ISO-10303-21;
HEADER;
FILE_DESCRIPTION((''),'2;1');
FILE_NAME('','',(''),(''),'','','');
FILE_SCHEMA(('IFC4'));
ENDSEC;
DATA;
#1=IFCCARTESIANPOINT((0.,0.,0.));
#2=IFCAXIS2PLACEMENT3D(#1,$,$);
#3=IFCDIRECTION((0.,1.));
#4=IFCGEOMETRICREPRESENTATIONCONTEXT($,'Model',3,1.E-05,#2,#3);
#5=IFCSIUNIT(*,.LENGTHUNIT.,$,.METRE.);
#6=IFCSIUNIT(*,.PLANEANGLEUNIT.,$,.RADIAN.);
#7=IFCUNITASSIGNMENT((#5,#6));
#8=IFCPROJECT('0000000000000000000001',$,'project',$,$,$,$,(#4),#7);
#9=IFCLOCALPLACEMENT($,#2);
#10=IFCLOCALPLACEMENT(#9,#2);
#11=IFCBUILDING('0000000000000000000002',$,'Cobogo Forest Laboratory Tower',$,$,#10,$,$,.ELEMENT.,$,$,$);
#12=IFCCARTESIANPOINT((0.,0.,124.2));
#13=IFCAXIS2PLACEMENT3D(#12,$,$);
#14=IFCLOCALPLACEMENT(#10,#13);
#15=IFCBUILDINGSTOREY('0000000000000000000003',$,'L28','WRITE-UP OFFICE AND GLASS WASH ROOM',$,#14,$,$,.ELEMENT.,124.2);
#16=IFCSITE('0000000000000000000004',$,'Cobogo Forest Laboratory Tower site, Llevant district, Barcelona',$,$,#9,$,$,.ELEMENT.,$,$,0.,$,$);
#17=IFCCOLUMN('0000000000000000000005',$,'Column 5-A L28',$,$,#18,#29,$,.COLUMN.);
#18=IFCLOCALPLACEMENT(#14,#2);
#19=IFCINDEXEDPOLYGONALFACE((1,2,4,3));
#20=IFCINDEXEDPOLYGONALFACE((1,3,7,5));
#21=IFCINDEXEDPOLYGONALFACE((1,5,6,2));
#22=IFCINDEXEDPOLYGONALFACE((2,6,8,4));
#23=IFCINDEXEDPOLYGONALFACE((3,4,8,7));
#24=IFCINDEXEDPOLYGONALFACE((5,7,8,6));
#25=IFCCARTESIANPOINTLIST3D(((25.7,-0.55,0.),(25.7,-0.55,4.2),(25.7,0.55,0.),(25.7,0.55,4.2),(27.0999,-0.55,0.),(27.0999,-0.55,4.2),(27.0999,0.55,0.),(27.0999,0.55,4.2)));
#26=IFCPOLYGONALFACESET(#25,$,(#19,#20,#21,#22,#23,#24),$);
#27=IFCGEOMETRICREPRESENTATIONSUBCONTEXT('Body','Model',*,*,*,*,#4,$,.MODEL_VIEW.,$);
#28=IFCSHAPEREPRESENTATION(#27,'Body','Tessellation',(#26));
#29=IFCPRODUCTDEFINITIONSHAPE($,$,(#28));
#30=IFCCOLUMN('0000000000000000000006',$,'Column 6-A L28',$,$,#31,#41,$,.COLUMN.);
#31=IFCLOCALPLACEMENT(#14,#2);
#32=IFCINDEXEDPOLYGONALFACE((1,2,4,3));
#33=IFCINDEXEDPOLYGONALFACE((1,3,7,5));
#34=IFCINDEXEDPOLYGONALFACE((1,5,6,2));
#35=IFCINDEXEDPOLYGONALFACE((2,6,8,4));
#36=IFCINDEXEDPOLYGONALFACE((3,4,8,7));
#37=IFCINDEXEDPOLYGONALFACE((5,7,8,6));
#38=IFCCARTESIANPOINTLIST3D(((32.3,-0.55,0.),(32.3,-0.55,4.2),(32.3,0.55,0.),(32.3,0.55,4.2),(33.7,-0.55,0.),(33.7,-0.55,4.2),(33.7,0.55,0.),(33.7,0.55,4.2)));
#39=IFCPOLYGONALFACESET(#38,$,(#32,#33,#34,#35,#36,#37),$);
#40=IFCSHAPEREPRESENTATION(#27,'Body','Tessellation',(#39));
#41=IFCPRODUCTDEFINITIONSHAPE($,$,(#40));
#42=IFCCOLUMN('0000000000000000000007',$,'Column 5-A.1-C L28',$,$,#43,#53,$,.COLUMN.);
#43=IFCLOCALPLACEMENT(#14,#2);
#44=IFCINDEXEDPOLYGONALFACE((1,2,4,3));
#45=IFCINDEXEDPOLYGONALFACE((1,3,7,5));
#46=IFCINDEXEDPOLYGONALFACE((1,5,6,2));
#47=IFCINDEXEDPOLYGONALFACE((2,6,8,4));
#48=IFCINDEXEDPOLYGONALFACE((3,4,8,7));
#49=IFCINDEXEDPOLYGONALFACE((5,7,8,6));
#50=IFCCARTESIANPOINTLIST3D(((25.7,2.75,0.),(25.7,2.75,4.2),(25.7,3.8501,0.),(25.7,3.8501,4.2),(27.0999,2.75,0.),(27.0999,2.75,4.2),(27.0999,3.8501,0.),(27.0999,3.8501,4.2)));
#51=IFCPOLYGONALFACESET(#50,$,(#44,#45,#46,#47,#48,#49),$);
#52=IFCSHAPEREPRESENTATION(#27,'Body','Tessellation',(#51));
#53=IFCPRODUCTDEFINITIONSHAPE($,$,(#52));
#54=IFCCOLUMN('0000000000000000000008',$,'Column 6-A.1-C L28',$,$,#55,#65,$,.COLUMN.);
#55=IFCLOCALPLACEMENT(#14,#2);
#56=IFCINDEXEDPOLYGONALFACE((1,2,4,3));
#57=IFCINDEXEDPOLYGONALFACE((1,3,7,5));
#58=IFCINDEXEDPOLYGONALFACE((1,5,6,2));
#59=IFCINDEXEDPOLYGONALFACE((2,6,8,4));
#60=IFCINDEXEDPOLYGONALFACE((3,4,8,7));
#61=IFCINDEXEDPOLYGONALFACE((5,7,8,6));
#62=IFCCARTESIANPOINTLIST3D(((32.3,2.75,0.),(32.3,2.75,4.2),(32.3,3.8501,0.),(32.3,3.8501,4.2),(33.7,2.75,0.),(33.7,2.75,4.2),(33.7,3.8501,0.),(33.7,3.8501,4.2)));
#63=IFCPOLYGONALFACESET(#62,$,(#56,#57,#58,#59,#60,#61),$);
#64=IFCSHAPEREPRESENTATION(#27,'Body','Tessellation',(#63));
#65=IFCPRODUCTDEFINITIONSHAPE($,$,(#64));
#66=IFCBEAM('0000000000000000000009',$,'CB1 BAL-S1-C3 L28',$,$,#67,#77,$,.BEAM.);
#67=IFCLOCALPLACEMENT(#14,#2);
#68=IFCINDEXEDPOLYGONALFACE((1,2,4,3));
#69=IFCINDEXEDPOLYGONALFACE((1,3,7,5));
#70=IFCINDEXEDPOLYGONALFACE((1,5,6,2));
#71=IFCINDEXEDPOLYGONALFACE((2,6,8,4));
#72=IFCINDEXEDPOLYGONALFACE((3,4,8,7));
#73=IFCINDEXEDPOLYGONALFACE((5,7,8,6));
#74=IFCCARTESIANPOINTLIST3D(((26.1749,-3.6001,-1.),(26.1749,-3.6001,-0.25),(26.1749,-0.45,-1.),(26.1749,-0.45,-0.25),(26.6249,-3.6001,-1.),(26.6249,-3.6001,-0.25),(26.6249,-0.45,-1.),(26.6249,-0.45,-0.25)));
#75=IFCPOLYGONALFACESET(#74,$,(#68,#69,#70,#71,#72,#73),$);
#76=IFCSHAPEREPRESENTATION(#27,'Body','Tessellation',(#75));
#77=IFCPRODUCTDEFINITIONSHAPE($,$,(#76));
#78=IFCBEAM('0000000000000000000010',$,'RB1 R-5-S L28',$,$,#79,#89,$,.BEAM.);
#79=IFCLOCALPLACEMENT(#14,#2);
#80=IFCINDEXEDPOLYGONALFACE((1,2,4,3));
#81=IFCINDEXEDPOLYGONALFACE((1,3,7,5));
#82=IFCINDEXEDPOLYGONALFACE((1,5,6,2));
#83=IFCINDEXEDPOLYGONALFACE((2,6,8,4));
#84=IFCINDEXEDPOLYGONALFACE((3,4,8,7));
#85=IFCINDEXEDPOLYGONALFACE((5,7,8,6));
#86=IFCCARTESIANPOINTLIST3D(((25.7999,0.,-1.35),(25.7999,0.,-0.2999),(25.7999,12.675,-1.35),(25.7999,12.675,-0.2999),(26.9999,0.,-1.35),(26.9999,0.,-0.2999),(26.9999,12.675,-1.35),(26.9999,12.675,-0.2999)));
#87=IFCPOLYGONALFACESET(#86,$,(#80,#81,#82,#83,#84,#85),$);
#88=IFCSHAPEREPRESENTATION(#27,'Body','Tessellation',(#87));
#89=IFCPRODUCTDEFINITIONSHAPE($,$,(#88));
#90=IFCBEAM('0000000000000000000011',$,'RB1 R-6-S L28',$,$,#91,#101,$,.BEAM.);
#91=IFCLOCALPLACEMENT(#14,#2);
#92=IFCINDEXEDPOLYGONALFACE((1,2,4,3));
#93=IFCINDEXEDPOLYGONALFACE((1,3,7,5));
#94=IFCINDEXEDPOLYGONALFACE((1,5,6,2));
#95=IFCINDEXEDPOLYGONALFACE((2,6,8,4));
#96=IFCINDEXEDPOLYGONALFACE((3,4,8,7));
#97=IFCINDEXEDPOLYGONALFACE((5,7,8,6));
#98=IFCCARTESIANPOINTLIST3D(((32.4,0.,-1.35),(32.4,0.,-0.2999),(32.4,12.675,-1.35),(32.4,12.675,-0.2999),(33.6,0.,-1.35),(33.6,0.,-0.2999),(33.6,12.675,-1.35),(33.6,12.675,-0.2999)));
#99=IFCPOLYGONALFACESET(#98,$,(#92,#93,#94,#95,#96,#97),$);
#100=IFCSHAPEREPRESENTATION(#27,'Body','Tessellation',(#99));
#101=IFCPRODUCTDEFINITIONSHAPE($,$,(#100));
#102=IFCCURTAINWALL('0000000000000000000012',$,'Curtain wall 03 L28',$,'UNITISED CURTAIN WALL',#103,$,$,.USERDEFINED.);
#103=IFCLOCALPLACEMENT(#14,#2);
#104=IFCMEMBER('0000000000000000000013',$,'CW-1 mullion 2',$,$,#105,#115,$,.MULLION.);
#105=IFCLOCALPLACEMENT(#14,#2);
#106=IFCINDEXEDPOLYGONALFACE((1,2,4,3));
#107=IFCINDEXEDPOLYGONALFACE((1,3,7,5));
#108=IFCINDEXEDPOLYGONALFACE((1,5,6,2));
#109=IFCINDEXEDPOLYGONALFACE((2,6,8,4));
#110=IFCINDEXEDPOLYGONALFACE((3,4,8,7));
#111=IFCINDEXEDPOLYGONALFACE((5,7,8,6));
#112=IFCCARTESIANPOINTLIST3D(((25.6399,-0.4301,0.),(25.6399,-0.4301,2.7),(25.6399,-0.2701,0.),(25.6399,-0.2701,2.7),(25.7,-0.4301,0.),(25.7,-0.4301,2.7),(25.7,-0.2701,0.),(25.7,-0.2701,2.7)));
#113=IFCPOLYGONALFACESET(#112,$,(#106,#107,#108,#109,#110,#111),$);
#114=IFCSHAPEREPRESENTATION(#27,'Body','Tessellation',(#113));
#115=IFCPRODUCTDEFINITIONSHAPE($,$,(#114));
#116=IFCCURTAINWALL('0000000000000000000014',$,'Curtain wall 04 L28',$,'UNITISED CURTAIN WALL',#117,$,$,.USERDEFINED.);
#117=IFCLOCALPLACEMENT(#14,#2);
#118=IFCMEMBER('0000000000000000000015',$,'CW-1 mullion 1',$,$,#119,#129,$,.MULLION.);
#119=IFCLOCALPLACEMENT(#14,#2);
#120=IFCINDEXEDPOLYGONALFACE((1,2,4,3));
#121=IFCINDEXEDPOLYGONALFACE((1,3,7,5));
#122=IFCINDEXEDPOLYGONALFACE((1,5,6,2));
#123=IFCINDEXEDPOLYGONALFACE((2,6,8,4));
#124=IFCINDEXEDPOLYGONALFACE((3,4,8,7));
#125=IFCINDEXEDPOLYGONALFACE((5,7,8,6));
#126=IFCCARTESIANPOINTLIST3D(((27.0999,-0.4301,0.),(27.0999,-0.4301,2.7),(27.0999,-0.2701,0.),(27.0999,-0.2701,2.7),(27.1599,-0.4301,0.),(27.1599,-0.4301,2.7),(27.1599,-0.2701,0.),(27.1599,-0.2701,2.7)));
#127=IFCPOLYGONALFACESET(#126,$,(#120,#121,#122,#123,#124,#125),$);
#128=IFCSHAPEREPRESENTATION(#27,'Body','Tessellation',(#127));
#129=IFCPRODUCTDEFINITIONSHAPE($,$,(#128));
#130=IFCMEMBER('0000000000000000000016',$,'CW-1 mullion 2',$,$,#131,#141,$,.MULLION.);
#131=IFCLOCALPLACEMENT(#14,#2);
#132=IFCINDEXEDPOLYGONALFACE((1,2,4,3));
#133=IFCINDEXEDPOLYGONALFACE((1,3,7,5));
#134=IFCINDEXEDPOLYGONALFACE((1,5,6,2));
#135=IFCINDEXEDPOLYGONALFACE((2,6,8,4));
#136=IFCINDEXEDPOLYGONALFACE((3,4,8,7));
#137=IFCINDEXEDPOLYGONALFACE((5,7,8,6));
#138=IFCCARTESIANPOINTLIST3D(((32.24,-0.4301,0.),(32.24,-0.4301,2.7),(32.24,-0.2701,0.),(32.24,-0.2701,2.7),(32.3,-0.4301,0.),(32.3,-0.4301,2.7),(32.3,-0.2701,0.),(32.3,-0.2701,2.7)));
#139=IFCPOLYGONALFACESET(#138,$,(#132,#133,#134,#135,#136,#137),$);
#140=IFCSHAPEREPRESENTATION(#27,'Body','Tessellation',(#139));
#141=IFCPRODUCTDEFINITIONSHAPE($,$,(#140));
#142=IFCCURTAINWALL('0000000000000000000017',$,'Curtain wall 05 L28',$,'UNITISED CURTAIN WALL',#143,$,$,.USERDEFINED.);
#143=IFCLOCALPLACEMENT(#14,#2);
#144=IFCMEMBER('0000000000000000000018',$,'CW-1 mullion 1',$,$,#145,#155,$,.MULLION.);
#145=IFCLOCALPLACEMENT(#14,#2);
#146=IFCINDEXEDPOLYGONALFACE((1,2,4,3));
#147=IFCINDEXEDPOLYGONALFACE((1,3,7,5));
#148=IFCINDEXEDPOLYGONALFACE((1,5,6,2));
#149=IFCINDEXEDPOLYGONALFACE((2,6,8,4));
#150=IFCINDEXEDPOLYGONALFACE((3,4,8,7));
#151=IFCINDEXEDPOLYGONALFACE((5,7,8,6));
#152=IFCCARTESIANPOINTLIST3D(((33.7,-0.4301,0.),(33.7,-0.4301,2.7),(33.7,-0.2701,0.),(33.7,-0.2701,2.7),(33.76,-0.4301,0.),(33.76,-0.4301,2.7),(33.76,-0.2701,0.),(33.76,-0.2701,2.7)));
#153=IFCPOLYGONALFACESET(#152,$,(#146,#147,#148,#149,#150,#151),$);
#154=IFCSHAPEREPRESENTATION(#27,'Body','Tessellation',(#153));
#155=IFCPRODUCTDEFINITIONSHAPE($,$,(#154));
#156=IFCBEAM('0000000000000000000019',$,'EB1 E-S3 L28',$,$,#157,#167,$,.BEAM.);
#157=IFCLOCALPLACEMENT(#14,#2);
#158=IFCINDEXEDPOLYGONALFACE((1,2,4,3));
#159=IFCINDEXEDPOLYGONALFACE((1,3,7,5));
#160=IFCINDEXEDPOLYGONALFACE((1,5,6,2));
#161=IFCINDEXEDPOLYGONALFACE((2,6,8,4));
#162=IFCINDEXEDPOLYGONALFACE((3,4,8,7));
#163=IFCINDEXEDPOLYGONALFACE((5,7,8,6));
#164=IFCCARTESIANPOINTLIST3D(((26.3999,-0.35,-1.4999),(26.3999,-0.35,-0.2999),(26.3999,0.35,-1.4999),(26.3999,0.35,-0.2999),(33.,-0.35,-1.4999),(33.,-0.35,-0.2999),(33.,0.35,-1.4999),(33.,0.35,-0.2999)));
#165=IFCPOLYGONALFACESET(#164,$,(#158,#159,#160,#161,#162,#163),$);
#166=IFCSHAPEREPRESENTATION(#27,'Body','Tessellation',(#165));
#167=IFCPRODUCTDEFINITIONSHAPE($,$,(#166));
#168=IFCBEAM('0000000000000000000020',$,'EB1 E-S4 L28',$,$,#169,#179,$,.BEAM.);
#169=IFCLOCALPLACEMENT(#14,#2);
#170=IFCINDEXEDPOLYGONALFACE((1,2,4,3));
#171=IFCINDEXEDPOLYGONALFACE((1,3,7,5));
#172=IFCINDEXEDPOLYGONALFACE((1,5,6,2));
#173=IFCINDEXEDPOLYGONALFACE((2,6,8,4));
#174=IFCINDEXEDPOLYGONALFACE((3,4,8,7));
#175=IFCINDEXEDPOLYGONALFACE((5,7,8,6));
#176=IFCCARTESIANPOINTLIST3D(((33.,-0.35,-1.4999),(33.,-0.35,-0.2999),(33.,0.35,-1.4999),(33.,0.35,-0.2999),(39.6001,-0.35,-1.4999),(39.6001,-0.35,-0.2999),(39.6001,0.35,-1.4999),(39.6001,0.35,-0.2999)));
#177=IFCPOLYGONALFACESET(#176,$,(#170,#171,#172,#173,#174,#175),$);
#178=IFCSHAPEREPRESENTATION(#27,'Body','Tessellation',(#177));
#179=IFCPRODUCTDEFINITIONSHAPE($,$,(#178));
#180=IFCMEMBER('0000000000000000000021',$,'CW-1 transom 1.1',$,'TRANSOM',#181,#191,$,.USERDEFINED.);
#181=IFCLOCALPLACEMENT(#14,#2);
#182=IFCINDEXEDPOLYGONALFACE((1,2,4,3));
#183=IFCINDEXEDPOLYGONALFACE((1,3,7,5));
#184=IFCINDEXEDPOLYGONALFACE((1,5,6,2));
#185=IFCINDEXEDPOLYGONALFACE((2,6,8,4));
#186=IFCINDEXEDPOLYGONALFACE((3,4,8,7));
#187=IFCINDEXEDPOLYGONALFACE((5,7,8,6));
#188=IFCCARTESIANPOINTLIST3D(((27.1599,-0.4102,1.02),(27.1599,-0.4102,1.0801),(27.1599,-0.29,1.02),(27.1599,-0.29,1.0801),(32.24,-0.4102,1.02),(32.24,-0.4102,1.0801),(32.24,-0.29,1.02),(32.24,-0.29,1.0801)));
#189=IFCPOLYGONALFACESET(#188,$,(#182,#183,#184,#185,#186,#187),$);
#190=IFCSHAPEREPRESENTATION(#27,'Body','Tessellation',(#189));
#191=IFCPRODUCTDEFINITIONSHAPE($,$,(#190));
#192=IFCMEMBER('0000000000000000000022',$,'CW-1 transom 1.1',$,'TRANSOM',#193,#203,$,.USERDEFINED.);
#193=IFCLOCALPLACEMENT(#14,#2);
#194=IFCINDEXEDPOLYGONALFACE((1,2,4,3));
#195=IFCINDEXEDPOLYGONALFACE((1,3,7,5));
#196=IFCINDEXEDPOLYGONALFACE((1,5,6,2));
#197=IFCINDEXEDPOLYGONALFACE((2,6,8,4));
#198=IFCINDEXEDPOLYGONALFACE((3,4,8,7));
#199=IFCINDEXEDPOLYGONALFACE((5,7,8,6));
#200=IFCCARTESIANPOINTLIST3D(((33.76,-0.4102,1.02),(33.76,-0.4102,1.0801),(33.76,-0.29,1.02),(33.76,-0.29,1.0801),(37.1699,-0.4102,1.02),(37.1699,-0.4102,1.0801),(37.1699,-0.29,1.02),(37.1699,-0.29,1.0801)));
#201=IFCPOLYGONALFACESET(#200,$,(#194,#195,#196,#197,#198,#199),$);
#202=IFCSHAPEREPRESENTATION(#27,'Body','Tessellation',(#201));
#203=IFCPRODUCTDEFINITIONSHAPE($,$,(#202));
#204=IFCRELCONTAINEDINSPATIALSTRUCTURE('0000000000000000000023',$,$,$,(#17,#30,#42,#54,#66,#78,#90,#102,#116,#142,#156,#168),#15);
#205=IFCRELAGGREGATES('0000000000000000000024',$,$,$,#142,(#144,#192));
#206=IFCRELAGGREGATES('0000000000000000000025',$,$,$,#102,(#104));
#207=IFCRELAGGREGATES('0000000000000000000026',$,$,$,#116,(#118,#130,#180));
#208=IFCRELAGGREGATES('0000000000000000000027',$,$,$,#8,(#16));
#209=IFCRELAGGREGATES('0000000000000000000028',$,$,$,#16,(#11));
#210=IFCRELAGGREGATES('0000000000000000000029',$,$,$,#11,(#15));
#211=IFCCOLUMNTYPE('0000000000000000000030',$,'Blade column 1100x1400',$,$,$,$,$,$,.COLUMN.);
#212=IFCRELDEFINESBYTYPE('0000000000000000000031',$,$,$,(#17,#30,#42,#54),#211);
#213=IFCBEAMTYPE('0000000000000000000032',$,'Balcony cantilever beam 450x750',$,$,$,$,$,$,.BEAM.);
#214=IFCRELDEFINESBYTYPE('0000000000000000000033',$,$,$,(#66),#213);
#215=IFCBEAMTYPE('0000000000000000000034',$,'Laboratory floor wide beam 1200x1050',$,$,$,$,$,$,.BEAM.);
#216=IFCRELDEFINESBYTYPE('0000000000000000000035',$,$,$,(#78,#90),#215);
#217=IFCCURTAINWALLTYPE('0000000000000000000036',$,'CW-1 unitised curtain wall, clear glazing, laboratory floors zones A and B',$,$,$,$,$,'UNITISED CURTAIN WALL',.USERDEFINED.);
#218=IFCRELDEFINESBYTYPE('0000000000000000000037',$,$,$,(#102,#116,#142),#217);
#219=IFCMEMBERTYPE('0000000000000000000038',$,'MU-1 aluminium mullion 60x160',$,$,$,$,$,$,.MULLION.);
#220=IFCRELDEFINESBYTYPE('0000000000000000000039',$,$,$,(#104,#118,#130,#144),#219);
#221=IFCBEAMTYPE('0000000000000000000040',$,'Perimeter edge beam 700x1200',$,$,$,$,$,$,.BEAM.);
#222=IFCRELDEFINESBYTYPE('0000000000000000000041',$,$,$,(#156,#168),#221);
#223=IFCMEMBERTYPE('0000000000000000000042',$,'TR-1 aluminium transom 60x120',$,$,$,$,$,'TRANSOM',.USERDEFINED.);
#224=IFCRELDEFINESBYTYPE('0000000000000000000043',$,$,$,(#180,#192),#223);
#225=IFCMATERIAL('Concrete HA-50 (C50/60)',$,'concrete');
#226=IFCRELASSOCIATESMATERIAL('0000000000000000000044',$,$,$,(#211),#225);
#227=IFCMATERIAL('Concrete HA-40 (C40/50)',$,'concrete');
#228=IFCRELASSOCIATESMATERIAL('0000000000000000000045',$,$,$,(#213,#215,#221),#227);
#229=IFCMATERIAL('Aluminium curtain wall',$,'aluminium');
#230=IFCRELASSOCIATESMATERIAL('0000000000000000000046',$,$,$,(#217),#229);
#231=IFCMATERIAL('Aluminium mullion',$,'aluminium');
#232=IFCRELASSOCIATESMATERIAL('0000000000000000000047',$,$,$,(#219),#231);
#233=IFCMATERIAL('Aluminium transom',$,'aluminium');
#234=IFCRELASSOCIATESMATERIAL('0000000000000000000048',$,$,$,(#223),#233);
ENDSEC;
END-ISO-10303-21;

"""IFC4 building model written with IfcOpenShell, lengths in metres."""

from ifc_helpers import new_model, si_unit, direction, frame, origin, origin_2d, place, context, subcontext, project, spatial, rectangle, extrude, material, material_profile, profile_set, type_object, element, aggregate, save


model = new_model("IFC4")

# Units and contexts
model_context = context("Model", 3, precision=1e-05, world=origin(), true_north=direction((0.0, 1.0)))
body_context = subcontext(model_context, "Body", "Model", "MODEL_VIEW")
ifc_project = project(units=[si_unit("LENGTHUNIT", "METRE"), si_unit("PLANEANGLEUNIT", "RADIAN")], contexts=[model_context])

# Site, building, storey
site_placement = place(None, origin())
site = spatial("IfcSite", under=ifc_project, at=site_placement, Name="Cobogo Forest Laboratory Tower site, Llevant district, Barcelona", CompositionType="ELEMENT", RefElevation=0.0)
building_placement = place(site_placement, origin())
building = spatial("IfcBuilding", under=site, at=building_placement, Name="Cobogo Forest Laboratory Tower", CompositionType="ELEMENT")
storey_placement = place(building_placement, frame((0.0, 0.0, 124.2)))
storey = spatial("IfcBuildingStorey", under=building, at=storey_placement, Name="L28", Description="WRITE-UP OFFICE AND GLASS WASH ROOM", CompositionType="ELEMENT", Elevation=124.2)

# Columns
ifc_material_1 = material(Name="Concrete HA-50 (C50/60)", Category="concrete")
ifc_material_profile_1 = material_profile(ifc_material_1, rectangle(XDim=1.3999, YDim=1.1001, at=origin_2d()), Name="RC 1100x1400")
ifc_profile_set_1 = profile_set([ifc_material_profile_1], Name="Concrete HA-50 (C50/60)")
column_type = type_object("IfcColumnType", Name="Blade column 1100x1400", PredefinedType="COLUMN", material=ifc_profile_set_1)
for number, where, z_axis, x_axis, name in (
    (1, (26.3999, 0.0, 0.0), (0.0, 0.0, 1.0), (1.0, 0.0, 0.0), "Column 5-A L28"),
    (2, (33.0, 0.0, 0.0), (0.0, 0.0, 1.0), (1.0, 0.0, 0.0), "Column 6-A L28"),
    (3, (26.3999, 3.3, 0.0), (0.0, 0.0, 1.0), (1.0, 0.0, 0.0), "Column 5-A.1-C L28"),
    (4, (33.0, 3.3, 0.0), (0.0, 0.0, 1.0), (1.0, 0.0, 0.0), "Column 6-A.1-C L28"),
):
    element("IfcColumn", number, at=place(storey_placement, frame(where, z_axis=z_axis, x_axis=x_axis)), inside=storey, type_object=column_type, Name=name, PredefinedType="COLUMN", context=body_context, shape_type="SweptSolid", body=[
        extrude(rectangle(XDim=1.3999, YDim=1.1001, at=origin_2d()), origin(), (0.0, 0.0, 1.0), 4.2),
    ])

# Beams
ifc_material_2 = material(Name="Concrete HA-40 (C40/50)", Category="concrete")
ifc_material_profile_2 = material_profile(ifc_material_2, rectangle(XDim=0.45, YDim=0.75, at=origin_2d()), Name="RC 450x750")
ifc_profile_set_2 = profile_set([ifc_material_profile_2], Name="Concrete HA-40 (C40/50)")
beam_type_1 = type_object("IfcBeamType", Name="Balcony cantilever beam 450x750", PredefinedType="BEAM", material=ifc_profile_set_2)
beam_placement = place(storey_placement, frame((26.3999, -0.45, -0.625), z_axis=(0.0, -1.0, 0.0), x_axis=(1.0, 0.0, 0.0)))
element("IfcBeam", 5, at=beam_placement, inside=storey, type_object=beam_type_1, Name="CB1 BAL-S1-C3 L28", PredefinedType="BEAM", context=body_context, shape_type="SweptSolid", body=[
    extrude(rectangle(XDim=0.45, YDim=0.75, at=origin_2d()), origin(), (0.0, 0.0, 1.0), 3.1501),
])
ifc_material_profile_3 = material_profile(ifc_material_2, rectangle(XDim=1.2, YDim=1.05, at=origin_2d()), Name="RC 1200x1050")
ifc_profile_set_3 = profile_set([ifc_material_profile_3], Name="Concrete HA-40 (C40/50)")
beam_type_2 = type_object("IfcBeamType", Name="Laboratory floor wide beam 1200x1050", PredefinedType="BEAM", material=ifc_profile_set_3)
for number, where, z_axis, x_axis, name in (
    (6, (26.3999, 12.675, -0.825), (0.0, -1.0, 0.0), (1.0, 0.0, 0.0), "RB1 R-5-S L28"),
    (7, (33.0, 12.675, -0.825), (0.0, -1.0, 0.0), (1.0, 0.0, 0.0), "RB1 R-6-S L28"),
):
    element("IfcBeam", number, at=place(storey_placement, frame(where, z_axis=z_axis, x_axis=x_axis)), inside=storey, type_object=beam_type_2, Name=name, PredefinedType="BEAM", context=body_context, shape_type="SweptSolid", body=[
        extrude(rectangle(XDim=1.2, YDim=1.05, at=origin_2d()), origin(), (0.0, 0.0, 1.0), 12.675),
    ])

# Curtain wall, member
ifc_material_3 = material(Name="Aluminium curtain wall", Category="aluminium")
curtain_wall_type = type_object("IfcCurtainWallType", Name="CW-1 unitised curtain wall, clear glazing, laboratory floors zones A and B", ElementType="UNITISED CURTAIN WALL", PredefinedType="USERDEFINED", material=ifc_material_3)
curtain_wall_1_placement = place(storey_placement, origin())
curtain_wall_1 = element("IfcCurtainWall", 8, at=curtain_wall_1_placement, inside=storey, type_object=curtain_wall_type, Name="Curtain wall 03 L28", ObjectType="UNITISED CURTAIN WALL", PredefinedType="USERDEFINED")
ifc_material_4 = material(Name="Aluminium mullion", Category="aluminium")
ifc_material_profile_4 = material_profile(ifc_material_4, rectangle(XDim=0.0601, YDim=0.1599, at=origin_2d()), Name="AL 60x160")
ifc_profile_set_4 = profile_set([ifc_material_profile_4], Name="Aluminium mullion")
member_type_1 = type_object("IfcMemberType", Name="MU-1 aluminium mullion 60x160", PredefinedType="MULLION", material=ifc_profile_set_4)
member_1_placement = place(storey_placement, frame((25.6699, -0.3501, 0.0), z_axis=(0.0, 0.0, 1.0), x_axis=(1.0, 0.0, 0.0)))
member_1 = element("IfcMember", 9, at=member_1_placement, type_object=member_type_1, Name="CW-1 mullion 2", PredefinedType="MULLION", context=body_context, shape_type="SweptSolid", body=[
    extrude(rectangle(XDim=0.0601, YDim=0.1599, at=origin_2d()), origin(), (0.0, 0.0, 1.0), 2.7),
])

# Curtain wall, members
curtain_wall_2_placement = place(storey_placement, origin())
curtain_wall_2 = element("IfcCurtainWall", 10, at=curtain_wall_2_placement, inside=storey, type_object=curtain_wall_type, Name="Curtain wall 04 L28", ObjectType="UNITISED CURTAIN WALL", PredefinedType="USERDEFINED")
member_2_placement = place(storey_placement, frame((27.1299, -0.3501, 0.0), z_axis=(0.0, 0.0, 1.0), x_axis=(1.0, 0.0, 0.0)))
member_2 = element("IfcMember", 11, at=member_2_placement, type_object=member_type_1, Name="CW-1 mullion 1", PredefinedType="MULLION", context=body_context, shape_type="SweptSolid", body=[
    extrude(rectangle(XDim=0.0601, YDim=0.1599, at=origin_2d()), origin(), (0.0, 0.0, 1.0), 2.7),
])
member_3_placement = place(storey_placement, frame((32.27, -0.3501, 0.0), z_axis=(0.0, 0.0, 1.0), x_axis=(1.0, 0.0, 0.0)))
member_3 = element("IfcMember", 12, at=member_3_placement, type_object=member_type_1, Name="CW-1 mullion 2", PredefinedType="MULLION", context=body_context, shape_type="SweptSolid", body=[
    extrude(rectangle(XDim=0.0601, YDim=0.1599, at=origin_2d()), origin(), (0.0, 0.0, 1.0), 2.7),
])

# Curtain wall, member
curtain_wall_3_placement = place(storey_placement, origin())
curtain_wall_3 = element("IfcCurtainWall", 13, at=curtain_wall_3_placement, inside=storey, type_object=curtain_wall_type, Name="Curtain wall 05 L28", ObjectType="UNITISED CURTAIN WALL", PredefinedType="USERDEFINED")
member_4_placement = place(storey_placement, frame((33.73, -0.3501, 0.0), z_axis=(0.0, 0.0, 1.0), x_axis=(1.0, 0.0, 0.0)))
member_4 = element("IfcMember", 14, at=member_4_placement, type_object=member_type_1, Name="CW-1 mullion 1", PredefinedType="MULLION", context=body_context, shape_type="SweptSolid", body=[
    extrude(rectangle(XDim=0.0601, YDim=0.1599, at=origin_2d()), origin(), (0.0, 0.0, 1.0), 2.7),
])

# Beams
ifc_material_profile_5 = material_profile(ifc_material_2, rectangle(XDim=0.7, YDim=1.2, at=origin_2d()), Name="RC 700x1200")
ifc_profile_set_5 = profile_set([ifc_material_profile_5], Name="Concrete HA-40 (C40/50)")
beam_type_3 = type_object("IfcBeamType", Name="Perimeter edge beam 700x1200", PredefinedType="BEAM", material=ifc_profile_set_5)
for number, where, z_axis, x_axis, name in (
    (15, (26.3999, 0.0, -0.8999), (1.0, 0.0, 0.0), (0.0, 1.0, 0.0), "EB1 E-S3 L28"),
    (16, (33.0, 0.0, -0.8999), (1.0, 0.0, 0.0), (0.0, 1.0, 0.0), "EB1 E-S4 L28"),
):
    element("IfcBeam", number, at=place(storey_placement, frame(where, z_axis=z_axis, x_axis=x_axis)), inside=storey, type_object=beam_type_3, Name=name, PredefinedType="BEAM", context=body_context, shape_type="SweptSolid", body=[
        extrude(rectangle(XDim=0.7, YDim=1.2, at=origin_2d()), origin(), (0.0, 0.0, 1.0), 6.6001),
    ])

# Members
ifc_material_5 = material(Name="Aluminium transom", Category="aluminium")
ifc_material_profile_6 = material_profile(ifc_material_5, rectangle(XDim=0.1201, YDim=0.0601, at=origin_2d()), Name="AL 60x120")
ifc_profile_set_6 = profile_set([ifc_material_profile_6], Name="Aluminium transom")
member_type_2 = type_object("IfcMemberType", Name="TR-1 aluminium transom 60x120", ElementType="TRANSOM", PredefinedType="USERDEFINED", material=ifc_profile_set_6)
member_5_placement = place(storey_placement, frame((27.1599, -0.3501, 1.05), z_axis=(1.0, 0.0, 0.0), x_axis=(0.0, 1.0, 0.0)))
member_5 = element("IfcMember", 17, at=member_5_placement, type_object=member_type_2, Name="CW-1 transom 1.1", ObjectType="TRANSOM", PredefinedType="USERDEFINED", context=body_context, shape_type="SweptSolid", body=[
    extrude(rectangle(XDim=0.1201, YDim=0.0601, at=origin_2d()), origin(), (0.0, 0.0, 1.0), 5.0801),
])
member_6_placement = place(storey_placement, frame((33.76, -0.3501, 1.05), z_axis=(1.0, 0.0, 0.0), x_axis=(0.0, 1.0, 0.0)))
member_6 = element("IfcMember", 18, at=member_6_placement, type_object=member_type_2, Name="CW-1 transom 1.1", ObjectType="TRANSOM", PredefinedType="USERDEFINED", context=body_context, shape_type="SweptSolid", body=[
    extrude(rectangle(XDim=0.1201, YDim=0.0601, at=origin_2d()), origin(), (0.0, 0.0, 1.0), 3.4099),
])
aggregate(curtain_wall_3, [member_4, member_6])

aggregate(curtain_wall_1, [member_1])
aggregate(curtain_wall_2, [member_2, member_3, member_5])

save(model, "model.ifc")
